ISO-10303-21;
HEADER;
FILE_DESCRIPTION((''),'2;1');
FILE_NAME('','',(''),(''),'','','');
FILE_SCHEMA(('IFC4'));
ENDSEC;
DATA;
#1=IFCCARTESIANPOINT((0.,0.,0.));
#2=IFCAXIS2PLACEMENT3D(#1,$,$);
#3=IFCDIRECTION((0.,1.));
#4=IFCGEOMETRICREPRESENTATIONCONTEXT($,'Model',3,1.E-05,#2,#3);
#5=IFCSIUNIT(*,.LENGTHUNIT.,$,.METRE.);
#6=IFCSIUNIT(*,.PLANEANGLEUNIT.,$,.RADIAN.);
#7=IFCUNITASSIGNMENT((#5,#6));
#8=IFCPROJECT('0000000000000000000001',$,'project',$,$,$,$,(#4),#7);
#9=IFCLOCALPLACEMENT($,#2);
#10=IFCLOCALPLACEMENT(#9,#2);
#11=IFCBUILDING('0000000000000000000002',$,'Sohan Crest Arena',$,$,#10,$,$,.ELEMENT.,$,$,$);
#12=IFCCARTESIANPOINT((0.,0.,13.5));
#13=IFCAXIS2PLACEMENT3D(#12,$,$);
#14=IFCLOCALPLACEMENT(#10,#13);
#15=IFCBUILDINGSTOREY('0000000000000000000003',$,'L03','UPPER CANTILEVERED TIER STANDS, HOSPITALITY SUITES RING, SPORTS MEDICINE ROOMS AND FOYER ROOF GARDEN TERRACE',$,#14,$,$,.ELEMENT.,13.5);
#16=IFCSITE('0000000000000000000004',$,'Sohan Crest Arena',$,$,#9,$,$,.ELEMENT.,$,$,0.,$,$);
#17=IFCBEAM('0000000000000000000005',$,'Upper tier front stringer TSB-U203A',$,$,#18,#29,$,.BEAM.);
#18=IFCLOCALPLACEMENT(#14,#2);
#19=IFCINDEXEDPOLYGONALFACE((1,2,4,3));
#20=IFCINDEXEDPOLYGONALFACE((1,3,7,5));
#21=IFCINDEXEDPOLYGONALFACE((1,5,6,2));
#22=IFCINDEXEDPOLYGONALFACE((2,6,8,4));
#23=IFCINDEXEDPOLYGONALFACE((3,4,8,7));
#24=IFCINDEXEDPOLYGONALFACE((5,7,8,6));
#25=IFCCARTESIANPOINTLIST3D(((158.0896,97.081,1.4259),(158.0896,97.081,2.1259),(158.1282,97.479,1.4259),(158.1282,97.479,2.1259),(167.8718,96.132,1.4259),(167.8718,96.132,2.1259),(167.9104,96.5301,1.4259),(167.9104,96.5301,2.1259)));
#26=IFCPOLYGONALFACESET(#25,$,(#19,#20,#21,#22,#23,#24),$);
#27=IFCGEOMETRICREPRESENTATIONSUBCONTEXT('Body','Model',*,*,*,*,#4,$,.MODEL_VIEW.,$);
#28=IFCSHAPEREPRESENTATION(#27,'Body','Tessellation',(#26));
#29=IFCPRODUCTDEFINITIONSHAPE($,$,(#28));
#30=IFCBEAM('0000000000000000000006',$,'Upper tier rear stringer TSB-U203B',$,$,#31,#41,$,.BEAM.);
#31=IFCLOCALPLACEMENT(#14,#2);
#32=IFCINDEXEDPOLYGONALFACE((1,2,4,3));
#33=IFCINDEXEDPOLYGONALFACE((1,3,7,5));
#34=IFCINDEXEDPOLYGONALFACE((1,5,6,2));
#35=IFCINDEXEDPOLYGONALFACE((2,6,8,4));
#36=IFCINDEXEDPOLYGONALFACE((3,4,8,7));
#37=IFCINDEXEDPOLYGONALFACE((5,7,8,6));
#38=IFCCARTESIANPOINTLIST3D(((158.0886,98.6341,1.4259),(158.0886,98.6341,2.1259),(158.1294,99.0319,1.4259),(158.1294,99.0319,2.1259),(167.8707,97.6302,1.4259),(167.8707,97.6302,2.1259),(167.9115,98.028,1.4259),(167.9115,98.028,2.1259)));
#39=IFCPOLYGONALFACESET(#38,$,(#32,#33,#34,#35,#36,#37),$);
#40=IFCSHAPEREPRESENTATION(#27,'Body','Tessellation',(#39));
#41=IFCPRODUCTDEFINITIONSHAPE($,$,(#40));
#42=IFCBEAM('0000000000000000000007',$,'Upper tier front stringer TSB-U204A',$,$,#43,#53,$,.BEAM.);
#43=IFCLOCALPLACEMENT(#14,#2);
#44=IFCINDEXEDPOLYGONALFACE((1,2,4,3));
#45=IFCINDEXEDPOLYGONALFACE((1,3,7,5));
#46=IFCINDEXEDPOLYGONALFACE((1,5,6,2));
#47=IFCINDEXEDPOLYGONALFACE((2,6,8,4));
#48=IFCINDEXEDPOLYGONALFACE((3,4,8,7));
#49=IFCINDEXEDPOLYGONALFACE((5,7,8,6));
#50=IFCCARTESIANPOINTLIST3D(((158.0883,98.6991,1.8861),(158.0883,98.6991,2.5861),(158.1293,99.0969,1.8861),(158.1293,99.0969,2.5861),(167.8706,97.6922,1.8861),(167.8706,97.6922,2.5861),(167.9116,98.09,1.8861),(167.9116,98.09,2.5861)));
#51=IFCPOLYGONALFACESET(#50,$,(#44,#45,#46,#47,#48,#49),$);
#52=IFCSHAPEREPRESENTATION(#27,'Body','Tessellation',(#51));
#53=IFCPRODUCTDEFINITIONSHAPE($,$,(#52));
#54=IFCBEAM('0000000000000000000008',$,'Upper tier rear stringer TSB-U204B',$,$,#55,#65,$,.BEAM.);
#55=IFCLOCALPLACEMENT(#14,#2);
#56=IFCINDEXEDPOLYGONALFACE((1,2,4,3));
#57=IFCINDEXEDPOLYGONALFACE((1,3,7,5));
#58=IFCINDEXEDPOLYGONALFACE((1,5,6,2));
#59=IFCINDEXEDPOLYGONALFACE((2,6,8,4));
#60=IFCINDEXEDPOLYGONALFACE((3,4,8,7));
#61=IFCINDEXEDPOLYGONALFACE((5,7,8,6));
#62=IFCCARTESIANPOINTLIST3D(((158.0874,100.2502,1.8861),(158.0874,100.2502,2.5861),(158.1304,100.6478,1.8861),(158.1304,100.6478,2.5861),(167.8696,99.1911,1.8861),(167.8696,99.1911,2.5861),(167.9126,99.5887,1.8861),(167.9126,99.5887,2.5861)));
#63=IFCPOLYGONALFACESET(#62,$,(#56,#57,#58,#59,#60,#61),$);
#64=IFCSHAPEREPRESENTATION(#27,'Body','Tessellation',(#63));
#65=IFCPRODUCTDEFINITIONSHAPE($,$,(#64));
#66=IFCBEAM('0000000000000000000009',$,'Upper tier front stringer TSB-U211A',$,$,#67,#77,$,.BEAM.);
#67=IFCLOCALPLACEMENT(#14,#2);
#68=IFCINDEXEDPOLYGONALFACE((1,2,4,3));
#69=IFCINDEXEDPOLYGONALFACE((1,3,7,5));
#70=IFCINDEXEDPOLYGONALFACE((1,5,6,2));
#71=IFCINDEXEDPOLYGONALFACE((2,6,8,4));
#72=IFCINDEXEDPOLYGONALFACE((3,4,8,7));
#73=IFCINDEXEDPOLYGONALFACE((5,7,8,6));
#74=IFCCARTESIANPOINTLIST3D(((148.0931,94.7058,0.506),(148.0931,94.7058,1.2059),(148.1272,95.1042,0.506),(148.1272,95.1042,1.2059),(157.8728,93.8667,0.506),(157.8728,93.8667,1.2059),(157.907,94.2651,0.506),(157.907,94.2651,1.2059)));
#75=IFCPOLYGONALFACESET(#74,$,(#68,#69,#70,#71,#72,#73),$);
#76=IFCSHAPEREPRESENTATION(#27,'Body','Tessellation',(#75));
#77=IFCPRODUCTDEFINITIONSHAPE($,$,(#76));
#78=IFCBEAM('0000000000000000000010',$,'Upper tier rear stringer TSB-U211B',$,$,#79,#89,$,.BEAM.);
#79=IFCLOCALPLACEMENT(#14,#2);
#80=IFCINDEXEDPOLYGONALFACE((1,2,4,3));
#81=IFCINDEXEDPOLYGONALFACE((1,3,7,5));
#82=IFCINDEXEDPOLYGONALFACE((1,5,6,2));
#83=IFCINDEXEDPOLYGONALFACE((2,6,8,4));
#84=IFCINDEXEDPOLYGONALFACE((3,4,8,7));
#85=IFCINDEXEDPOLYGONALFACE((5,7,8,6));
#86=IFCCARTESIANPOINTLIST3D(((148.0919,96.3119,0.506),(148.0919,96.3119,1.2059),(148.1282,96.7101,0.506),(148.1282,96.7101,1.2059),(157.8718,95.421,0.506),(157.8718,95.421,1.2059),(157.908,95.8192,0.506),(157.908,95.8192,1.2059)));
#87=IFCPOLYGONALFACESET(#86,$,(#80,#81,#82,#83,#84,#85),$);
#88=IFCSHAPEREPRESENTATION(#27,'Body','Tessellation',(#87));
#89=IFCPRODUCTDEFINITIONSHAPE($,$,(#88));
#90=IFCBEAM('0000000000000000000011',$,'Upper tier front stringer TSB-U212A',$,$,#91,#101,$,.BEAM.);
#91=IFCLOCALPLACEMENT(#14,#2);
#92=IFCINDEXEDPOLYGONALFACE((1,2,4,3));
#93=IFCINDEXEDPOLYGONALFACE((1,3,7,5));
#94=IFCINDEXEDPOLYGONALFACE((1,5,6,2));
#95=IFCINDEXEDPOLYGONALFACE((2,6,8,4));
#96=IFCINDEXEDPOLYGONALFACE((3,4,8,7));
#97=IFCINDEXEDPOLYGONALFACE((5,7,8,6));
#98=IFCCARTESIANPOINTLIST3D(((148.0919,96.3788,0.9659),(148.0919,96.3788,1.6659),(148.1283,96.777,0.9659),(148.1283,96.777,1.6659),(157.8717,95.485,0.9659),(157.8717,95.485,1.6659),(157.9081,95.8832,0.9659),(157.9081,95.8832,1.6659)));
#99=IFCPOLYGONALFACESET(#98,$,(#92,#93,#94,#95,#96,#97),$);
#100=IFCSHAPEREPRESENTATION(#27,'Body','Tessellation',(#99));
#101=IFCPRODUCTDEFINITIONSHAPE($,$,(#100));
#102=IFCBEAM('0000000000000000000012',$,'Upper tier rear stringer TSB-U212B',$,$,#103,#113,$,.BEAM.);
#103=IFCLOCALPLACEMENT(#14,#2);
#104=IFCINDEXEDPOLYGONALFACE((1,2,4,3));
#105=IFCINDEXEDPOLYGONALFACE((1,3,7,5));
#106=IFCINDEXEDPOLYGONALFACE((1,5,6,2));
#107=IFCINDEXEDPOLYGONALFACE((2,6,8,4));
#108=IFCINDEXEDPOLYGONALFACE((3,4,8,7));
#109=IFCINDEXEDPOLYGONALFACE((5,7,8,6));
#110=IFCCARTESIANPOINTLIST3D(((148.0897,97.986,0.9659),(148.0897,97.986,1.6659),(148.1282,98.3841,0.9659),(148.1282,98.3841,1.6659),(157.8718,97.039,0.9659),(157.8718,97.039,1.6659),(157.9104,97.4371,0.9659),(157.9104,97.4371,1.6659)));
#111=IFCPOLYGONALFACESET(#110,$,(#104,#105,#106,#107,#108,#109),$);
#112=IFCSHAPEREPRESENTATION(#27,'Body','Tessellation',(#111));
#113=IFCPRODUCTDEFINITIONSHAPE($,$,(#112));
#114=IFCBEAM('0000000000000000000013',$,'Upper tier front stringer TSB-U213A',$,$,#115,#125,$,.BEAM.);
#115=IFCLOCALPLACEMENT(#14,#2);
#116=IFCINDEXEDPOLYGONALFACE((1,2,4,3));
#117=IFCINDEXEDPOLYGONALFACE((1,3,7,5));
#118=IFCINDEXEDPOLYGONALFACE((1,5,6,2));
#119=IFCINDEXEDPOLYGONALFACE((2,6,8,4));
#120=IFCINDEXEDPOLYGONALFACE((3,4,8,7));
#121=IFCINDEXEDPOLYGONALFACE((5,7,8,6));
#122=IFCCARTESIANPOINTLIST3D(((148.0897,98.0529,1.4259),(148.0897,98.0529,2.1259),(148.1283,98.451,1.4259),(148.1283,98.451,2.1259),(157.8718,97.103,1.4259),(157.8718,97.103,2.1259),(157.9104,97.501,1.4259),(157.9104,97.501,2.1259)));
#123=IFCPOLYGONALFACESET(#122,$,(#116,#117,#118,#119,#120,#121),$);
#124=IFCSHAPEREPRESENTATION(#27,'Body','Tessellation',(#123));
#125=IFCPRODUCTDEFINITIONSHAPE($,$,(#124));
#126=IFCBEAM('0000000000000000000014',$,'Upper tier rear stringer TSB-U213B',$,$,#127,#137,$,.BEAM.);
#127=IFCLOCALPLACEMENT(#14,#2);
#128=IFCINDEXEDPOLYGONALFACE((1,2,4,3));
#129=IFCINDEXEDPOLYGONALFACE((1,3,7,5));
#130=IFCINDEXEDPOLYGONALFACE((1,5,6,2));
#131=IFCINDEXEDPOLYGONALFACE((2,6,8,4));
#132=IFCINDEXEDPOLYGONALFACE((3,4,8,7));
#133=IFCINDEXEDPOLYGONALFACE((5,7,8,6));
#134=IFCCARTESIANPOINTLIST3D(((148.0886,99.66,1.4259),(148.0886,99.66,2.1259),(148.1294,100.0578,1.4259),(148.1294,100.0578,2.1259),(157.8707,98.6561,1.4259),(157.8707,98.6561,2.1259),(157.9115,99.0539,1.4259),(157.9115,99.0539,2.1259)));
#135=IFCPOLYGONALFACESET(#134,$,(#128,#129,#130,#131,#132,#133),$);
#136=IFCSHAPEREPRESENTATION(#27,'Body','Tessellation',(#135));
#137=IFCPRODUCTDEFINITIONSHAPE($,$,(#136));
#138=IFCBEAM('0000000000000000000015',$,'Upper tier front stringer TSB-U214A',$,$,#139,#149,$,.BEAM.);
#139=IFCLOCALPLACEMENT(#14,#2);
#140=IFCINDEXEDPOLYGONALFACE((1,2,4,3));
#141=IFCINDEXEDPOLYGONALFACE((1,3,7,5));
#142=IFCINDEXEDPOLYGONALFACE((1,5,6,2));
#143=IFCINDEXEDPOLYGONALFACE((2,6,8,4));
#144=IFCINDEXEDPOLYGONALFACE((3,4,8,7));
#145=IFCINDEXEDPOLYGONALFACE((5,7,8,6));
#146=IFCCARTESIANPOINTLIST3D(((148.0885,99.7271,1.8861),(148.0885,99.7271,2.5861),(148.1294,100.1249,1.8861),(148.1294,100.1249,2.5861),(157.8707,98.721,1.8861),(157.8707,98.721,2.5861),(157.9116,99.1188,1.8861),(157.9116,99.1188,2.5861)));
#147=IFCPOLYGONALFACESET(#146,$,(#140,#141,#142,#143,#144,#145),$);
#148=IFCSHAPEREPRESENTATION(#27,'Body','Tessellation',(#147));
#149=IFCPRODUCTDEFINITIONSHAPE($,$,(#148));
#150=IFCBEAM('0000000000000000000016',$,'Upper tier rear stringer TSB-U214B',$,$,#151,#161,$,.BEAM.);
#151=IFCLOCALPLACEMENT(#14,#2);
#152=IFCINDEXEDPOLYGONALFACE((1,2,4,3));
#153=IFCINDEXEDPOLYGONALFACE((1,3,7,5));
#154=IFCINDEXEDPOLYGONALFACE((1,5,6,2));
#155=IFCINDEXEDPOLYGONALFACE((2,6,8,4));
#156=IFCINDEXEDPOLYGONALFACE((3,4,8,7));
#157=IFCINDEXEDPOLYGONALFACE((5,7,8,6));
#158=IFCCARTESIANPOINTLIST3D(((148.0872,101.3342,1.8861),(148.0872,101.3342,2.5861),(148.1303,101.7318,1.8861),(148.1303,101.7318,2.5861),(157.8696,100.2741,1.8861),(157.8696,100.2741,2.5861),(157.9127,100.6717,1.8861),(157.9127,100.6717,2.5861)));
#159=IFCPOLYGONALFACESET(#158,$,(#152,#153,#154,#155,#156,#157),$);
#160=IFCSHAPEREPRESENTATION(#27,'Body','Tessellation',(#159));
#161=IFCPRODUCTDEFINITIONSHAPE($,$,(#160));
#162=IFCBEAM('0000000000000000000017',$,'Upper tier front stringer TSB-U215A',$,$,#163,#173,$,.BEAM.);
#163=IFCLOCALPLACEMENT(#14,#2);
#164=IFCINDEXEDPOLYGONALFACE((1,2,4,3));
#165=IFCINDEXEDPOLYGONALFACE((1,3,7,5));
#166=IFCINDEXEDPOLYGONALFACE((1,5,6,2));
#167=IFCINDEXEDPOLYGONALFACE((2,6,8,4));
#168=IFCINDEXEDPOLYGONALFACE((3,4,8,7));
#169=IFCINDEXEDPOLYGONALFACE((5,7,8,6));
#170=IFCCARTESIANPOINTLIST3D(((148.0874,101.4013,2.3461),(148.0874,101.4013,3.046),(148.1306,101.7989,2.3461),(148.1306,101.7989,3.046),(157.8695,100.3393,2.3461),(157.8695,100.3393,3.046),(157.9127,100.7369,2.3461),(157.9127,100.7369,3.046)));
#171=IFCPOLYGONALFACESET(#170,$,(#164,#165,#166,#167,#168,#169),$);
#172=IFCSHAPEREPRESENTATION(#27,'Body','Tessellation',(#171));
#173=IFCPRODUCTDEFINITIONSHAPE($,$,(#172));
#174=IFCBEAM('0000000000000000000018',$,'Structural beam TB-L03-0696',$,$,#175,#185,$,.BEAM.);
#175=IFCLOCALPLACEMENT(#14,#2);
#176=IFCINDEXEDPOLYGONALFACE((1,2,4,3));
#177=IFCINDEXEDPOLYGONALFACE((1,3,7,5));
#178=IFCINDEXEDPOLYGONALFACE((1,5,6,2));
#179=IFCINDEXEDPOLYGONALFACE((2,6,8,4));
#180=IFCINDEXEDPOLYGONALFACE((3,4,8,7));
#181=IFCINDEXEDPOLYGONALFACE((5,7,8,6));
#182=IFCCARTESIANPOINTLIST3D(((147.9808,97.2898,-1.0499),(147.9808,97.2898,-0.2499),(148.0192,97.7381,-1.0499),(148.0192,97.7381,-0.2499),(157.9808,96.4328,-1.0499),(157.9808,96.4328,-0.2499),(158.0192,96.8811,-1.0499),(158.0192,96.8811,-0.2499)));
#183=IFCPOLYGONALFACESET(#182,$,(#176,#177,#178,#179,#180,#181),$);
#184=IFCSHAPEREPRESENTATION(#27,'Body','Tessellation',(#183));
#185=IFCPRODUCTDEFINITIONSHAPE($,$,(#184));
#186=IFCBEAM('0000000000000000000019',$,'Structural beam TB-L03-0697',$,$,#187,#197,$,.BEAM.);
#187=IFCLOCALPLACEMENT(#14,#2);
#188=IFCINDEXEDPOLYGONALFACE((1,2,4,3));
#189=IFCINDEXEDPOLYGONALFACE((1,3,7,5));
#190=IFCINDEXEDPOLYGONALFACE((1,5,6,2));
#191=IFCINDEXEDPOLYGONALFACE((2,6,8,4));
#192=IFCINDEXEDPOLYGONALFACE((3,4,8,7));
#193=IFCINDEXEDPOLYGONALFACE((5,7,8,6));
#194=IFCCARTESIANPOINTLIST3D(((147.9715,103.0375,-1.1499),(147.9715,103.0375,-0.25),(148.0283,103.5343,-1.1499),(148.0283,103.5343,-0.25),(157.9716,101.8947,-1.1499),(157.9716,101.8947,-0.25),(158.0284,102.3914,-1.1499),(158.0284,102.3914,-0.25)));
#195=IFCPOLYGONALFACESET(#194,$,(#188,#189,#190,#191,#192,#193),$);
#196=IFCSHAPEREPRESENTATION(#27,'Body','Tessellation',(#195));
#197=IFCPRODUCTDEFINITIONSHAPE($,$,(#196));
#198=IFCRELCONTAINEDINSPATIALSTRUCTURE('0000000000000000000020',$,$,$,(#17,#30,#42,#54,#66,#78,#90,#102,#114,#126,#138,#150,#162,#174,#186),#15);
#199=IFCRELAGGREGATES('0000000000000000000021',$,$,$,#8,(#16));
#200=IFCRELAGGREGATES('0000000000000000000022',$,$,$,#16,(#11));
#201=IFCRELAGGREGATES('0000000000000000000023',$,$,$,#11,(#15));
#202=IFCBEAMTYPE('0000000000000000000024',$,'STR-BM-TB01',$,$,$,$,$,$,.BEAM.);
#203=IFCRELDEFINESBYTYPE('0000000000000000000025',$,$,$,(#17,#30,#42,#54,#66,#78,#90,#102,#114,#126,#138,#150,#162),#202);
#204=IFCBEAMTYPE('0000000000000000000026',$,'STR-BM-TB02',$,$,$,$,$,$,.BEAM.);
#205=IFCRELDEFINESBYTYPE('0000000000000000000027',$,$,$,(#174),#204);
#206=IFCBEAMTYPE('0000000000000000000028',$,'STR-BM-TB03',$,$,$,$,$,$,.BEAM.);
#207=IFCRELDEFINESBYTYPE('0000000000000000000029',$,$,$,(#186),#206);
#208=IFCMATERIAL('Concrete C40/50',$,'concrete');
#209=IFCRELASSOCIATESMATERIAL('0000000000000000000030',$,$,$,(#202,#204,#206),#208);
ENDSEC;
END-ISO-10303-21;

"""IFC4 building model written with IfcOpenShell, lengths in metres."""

from ifc_helpers import new_model, si_unit, direction, frame, origin, origin_2d, place, context, subcontext, project, spatial, rectangle, extrude, material, material_profile, profile_set, type_object, element, save


model = new_model("IFC4")

# Units and contexts
model_context = context("Model", 3, precision=1e-05, world=origin(), true_north=direction((0.0, 1.0)))
body_context = subcontext(model_context, "Body", "Model", "MODEL_VIEW")
ifc_project = project(units=[si_unit("LENGTHUNIT", "METRE"), si_unit("PLANEANGLEUNIT", "RADIAN")], contexts=[model_context])

# Site, building, storey
site_placement = place(None, origin())
site = spatial("IfcSite", under=ifc_project, at=site_placement, Name="Sohan Crest Arena", CompositionType="ELEMENT", RefElevation=0.0)
building_placement = place(site_placement, origin())
building = spatial("IfcBuilding", under=site, at=building_placement, Name="Sohan Crest Arena", CompositionType="ELEMENT")
storey_placement = place(building_placement, frame((0.0, 0.0, 13.5)))
storey = spatial("IfcBuildingStorey", under=building, at=storey_placement, Name="L03", Description="UPPER CANTILEVERED TIER STANDS, HOSPITALITY SUITES RING, SPORTS MEDICINE ROOMS AND FOYER ROOF GARDEN TERRACE", CompositionType="ELEMENT", Elevation=13.5)

# Shared definitions
ifc_material_1 = material(Name="Concrete C40/50", Category="concrete")

# Beams
ifc_material_profile_1 = material_profile(ifc_material_1, rectangle(XDim=0.3999, YDim=0.7, at=origin_2d()), Name="RC-BM 400x700")
ifc_profile_set_1 = profile_set([ifc_material_profile_1], Name="Concrete C40/50")
beam_type_1 = type_object("IfcBeamType", Name="STR-BM-TB01", PredefinedType="BEAM", material=ifc_profile_set_1)
beam_1_placement = place(storey_placement, frame((167.8911, 96.3311, 1.7759), z_axis=(-0.995327, 0.096557, 0.0), x_axis=(-0.096557, -0.995327, 0.0)))
element("IfcBeam", 1, at=beam_1_placement, inside=storey, type_object=beam_type_1, Name="Upper tier front stringer TSB-U203A", PredefinedType="BEAM", context=body_context, shape_type="SweptSolid", body=[
    extrude(rectangle(XDim=0.3999, YDim=0.7, at=origin_2d()), origin(), (0.0, 0.0, 1.0), 9.8281),
])
beam_2_placement = place(storey_placement, frame((167.8911, 97.8291, 1.7759), z_axis=(-0.994775, 0.102089, 0.0), x_axis=(-0.102089, -0.994775, 0.0)))
element("IfcBeam", 2, at=beam_2_placement, inside=storey, type_object=beam_type_1, Name="Upper tier rear stringer TSB-U203B", PredefinedType="BEAM", context=body_context, shape_type="SweptSolid", body=[
    extrude(rectangle(XDim=0.3999, YDim=0.7, at=origin_2d()), origin(), (0.0, 0.0, 1.0), 9.8335),
])
beam_3_placement = place(storey_placement, frame((167.8911, 97.8911, 2.2361), z_axis=(-0.994745, 0.102384, 0.0), x_axis=(-0.102384, -0.994745, 0.0)))
element("IfcBeam", 3, at=beam_3_placement, inside=storey, type_object=beam_type_1, Name="Upper tier front stringer TSB-U204A", PredefinedType="BEAM", context=body_context, shape_type="SweptSolid", body=[
    extrude(rectangle(XDim=0.3999, YDim=0.7, at=origin_2d()), origin(), (0.0, 0.0, 1.0), 9.834),
])
beam_4_placement = place(storey_placement, frame((167.8911, 99.3899, 2.2361), z_axis=(-0.99419, 0.107637, 0.0), x_axis=(-0.107637, -0.99419, 0.0)))
element("IfcBeam", 4, at=beam_4_placement, inside=storey, type_object=beam_type_1, Name="Upper tier rear stringer TSB-U204B", PredefinedType="BEAM", context=body_context, shape_type="SweptSolid", body=[
    extrude(rectangle(XDim=0.3999, YDim=0.7, at=origin_2d()), origin(), (0.0, 0.0, 1.0), 9.8394),
])
beam_5_placement = place(storey_placement, frame((157.8899, 94.0659, 0.856), z_axis=(-0.996339, 0.085487, 0.0), x_axis=(-0.085487, -0.996339, 0.0)))
element("IfcBeam", 5, at=beam_5_placement, inside=storey, type_object=beam_type_1, Name="Upper tier front stringer TSB-U211A", PredefinedType="BEAM", context=body_context, shape_type="SweptSolid", body=[
    extrude(rectangle(XDim=0.3999, YDim=0.7, at=origin_2d()), origin(), (0.0, 0.0, 1.0), 9.8157),
])
beam_6_placement = place(storey_placement, frame((157.8899, 95.6201, 0.856), z_axis=(-0.995877, 0.090717, 0.0), x_axis=(-0.090717, -0.995877, 0.0)))
element("IfcBeam", 6, at=beam_6_placement, inside=storey, type_object=beam_type_1, Name="Upper tier rear stringer TSB-U211B", PredefinedType="BEAM", context=body_context, shape_type="SweptSolid", body=[
    extrude(rectangle(XDim=0.3999, YDim=0.7, at=origin_2d()), origin(), (0.0, 0.0, 1.0), 9.8203),
])
beam_7_placement = place(storey_placement, frame((157.8899, 95.6841, 1.3159), z_axis=(-0.99585, 0.091013, 0.0), x_axis=(-0.091013, -0.99585, 0.0)))
element("IfcBeam", 7, at=beam_7_placement, inside=storey, type_object=beam_type_1, Name="Upper tier front stringer TSB-U212A", PredefinedType="BEAM", context=body_context, shape_type="SweptSolid", body=[
    extrude(rectangle(XDim=0.3999, YDim=0.7, at=origin_2d()), origin(), (0.0, 0.0, 1.0), 9.8206),
])
beam_8_placement = place(storey_placement, frame((157.8911, 97.238, 1.3159), z_axis=(-0.995347, 0.09636, 0.0), x_axis=(-0.09636, -0.995347, 0.0)))
element("IfcBeam", 8, at=beam_8_placement, inside=storey, type_object=beam_type_1, Name="Upper tier rear stringer TSB-U212B", PredefinedType="BEAM", context=body_context, shape_type="SweptSolid", body=[
    extrude(rectangle(XDim=0.3999, YDim=0.7, at=origin_2d()), origin(), (0.0, 0.0, 1.0), 9.8279),
])
beam_9_placement = place(storey_placement, frame((157.8911, 97.302, 1.7759), z_axis=(-0.995318, 0.096655, 0.0), x_axis=(-0.096655, -0.995318, 0.0)))
element("IfcBeam", 9, at=beam_9_placement, inside=storey, type_object=beam_type_1, Name="Upper tier front stringer TSB-U213A", PredefinedType="BEAM", context=body_context, shape_type="SweptSolid", body=[
    extrude(rectangle(XDim=0.3999, YDim=0.7, at=origin_2d()), origin(), (0.0, 0.0, 1.0), 9.8281),
])
beam_10_placement = place(storey_placement, frame((157.8911, 98.855, 1.7759), z_axis=(-0.994775, 0.102089, 0.0), x_axis=(-0.102089, -0.994775, 0.0)))
element("IfcBeam", 10, at=beam_10_placement, inside=storey, type_object=beam_type_1, Name="Upper tier rear stringer TSB-U213B", PredefinedType="BEAM", context=body_context, shape_type="SweptSolid", body=[
    extrude(rectangle(XDim=0.3999, YDim=0.7, at=origin_2d()), origin(), (0.0, 0.0, 1.0), 9.8335),
])
beam_11_placement = place(storey_placement, frame((157.8911, 98.9199, 2.2361), z_axis=(-0.994753, 0.10231, 0.0), x_axis=(-0.10231, -0.994753, 0.0)))
element("IfcBeam", 11, at=beam_11_placement, inside=storey, type_object=beam_type_1, Name="Upper tier front stringer TSB-U214A", PredefinedType="BEAM", context=body_context, shape_type="SweptSolid", body=[
    extrude(rectangle(XDim=0.3999, YDim=0.7, at=origin_2d()), origin(), (0.0, 0.0, 1.0), 9.8337),
])
for number, where, z_axis, x_axis, name in (
    (12, (157.8911, 100.4729, 2.2361), (-0.99418, 0.107735, 0.0), (-0.107735, -0.99418, 0.0), "Upper tier rear stringer TSB-U214B"),
    (13, (157.8911, 100.5381, 2.696), (-0.994158, 0.107931, 0.0), (-0.107931, -0.994158, 0.0), "Upper tier front stringer TSB-U215A"),
):
    element("IfcBeam", number, at=place(storey_placement, frame(where, z_axis=z_axis, x_axis=x_axis)), inside=storey, type_object=beam_type_1, Name=name, PredefinedType="BEAM", context=body_context, shape_type="SweptSolid", body=[
        extrude(rectangle(XDim=0.3999, YDim=0.7, at=origin_2d()), origin(), (0.0, 0.0, 1.0), 9.8396),
    ])
ifc_material_profile_2 = material_profile(ifc_material_1, rectangle(XDim=0.45, YDim=0.8, at=origin_2d()), Name="RC-BM 450x800")
ifc_profile_set_2 = profile_set([ifc_material_profile_2], Name="Concrete C40/50")
beam_type_2 = type_object("IfcBeamType", Name="STR-BM-TB02", PredefinedType="BEAM", material=ifc_profile_set_2)
beam_12_placement = place(storey_placement, frame((158.0, 96.657, -0.6499), z_axis=(-0.996348, 0.08538, 0.0), x_axis=(-0.08538, -0.996348, 0.0)))
element("IfcBeam", 14, at=beam_12_placement, inside=storey, type_object=beam_type_2, Name="Structural beam TB-L03-0696", PredefinedType="BEAM", context=body_context, shape_type="SweptSolid", body=[
    extrude(rectangle(XDim=0.45, YDim=0.8, at=origin_2d()), origin(), (0.0, 0.0, 1.0), 10.0366),
])
ifc_material_profile_3 = material_profile(ifc_material_1, rectangle(XDim=0.5, YDim=0.8999, at=origin_2d()), Name="RC-BM 500x900")
ifc_profile_set_3 = profile_set([ifc_material_profile_3], Name="Concrete C40/50")
beam_type_3 = type_object("IfcBeamType", Name="STR-BM-TB03", PredefinedType="BEAM", material=ifc_profile_set_3)
beam_13_placement = place(storey_placement, frame((158.0, 102.1431, -0.7), z_axis=(-0.993533, 0.113543, 0.0), x_axis=(-0.113543, -0.993533, 0.0)))
element("IfcBeam", 15, at=beam_13_placement, inside=storey, type_object=beam_type_3, Name="Structural beam TB-L03-0697", PredefinedType="BEAM", context=body_context, shape_type="SweptSolid", body=[
    extrude(rectangle(XDim=0.5, YDim=0.8999, at=origin_2d()), origin(), (0.0, 0.0, 1.0), 10.0652),
])

save(model, "model.ifc")
